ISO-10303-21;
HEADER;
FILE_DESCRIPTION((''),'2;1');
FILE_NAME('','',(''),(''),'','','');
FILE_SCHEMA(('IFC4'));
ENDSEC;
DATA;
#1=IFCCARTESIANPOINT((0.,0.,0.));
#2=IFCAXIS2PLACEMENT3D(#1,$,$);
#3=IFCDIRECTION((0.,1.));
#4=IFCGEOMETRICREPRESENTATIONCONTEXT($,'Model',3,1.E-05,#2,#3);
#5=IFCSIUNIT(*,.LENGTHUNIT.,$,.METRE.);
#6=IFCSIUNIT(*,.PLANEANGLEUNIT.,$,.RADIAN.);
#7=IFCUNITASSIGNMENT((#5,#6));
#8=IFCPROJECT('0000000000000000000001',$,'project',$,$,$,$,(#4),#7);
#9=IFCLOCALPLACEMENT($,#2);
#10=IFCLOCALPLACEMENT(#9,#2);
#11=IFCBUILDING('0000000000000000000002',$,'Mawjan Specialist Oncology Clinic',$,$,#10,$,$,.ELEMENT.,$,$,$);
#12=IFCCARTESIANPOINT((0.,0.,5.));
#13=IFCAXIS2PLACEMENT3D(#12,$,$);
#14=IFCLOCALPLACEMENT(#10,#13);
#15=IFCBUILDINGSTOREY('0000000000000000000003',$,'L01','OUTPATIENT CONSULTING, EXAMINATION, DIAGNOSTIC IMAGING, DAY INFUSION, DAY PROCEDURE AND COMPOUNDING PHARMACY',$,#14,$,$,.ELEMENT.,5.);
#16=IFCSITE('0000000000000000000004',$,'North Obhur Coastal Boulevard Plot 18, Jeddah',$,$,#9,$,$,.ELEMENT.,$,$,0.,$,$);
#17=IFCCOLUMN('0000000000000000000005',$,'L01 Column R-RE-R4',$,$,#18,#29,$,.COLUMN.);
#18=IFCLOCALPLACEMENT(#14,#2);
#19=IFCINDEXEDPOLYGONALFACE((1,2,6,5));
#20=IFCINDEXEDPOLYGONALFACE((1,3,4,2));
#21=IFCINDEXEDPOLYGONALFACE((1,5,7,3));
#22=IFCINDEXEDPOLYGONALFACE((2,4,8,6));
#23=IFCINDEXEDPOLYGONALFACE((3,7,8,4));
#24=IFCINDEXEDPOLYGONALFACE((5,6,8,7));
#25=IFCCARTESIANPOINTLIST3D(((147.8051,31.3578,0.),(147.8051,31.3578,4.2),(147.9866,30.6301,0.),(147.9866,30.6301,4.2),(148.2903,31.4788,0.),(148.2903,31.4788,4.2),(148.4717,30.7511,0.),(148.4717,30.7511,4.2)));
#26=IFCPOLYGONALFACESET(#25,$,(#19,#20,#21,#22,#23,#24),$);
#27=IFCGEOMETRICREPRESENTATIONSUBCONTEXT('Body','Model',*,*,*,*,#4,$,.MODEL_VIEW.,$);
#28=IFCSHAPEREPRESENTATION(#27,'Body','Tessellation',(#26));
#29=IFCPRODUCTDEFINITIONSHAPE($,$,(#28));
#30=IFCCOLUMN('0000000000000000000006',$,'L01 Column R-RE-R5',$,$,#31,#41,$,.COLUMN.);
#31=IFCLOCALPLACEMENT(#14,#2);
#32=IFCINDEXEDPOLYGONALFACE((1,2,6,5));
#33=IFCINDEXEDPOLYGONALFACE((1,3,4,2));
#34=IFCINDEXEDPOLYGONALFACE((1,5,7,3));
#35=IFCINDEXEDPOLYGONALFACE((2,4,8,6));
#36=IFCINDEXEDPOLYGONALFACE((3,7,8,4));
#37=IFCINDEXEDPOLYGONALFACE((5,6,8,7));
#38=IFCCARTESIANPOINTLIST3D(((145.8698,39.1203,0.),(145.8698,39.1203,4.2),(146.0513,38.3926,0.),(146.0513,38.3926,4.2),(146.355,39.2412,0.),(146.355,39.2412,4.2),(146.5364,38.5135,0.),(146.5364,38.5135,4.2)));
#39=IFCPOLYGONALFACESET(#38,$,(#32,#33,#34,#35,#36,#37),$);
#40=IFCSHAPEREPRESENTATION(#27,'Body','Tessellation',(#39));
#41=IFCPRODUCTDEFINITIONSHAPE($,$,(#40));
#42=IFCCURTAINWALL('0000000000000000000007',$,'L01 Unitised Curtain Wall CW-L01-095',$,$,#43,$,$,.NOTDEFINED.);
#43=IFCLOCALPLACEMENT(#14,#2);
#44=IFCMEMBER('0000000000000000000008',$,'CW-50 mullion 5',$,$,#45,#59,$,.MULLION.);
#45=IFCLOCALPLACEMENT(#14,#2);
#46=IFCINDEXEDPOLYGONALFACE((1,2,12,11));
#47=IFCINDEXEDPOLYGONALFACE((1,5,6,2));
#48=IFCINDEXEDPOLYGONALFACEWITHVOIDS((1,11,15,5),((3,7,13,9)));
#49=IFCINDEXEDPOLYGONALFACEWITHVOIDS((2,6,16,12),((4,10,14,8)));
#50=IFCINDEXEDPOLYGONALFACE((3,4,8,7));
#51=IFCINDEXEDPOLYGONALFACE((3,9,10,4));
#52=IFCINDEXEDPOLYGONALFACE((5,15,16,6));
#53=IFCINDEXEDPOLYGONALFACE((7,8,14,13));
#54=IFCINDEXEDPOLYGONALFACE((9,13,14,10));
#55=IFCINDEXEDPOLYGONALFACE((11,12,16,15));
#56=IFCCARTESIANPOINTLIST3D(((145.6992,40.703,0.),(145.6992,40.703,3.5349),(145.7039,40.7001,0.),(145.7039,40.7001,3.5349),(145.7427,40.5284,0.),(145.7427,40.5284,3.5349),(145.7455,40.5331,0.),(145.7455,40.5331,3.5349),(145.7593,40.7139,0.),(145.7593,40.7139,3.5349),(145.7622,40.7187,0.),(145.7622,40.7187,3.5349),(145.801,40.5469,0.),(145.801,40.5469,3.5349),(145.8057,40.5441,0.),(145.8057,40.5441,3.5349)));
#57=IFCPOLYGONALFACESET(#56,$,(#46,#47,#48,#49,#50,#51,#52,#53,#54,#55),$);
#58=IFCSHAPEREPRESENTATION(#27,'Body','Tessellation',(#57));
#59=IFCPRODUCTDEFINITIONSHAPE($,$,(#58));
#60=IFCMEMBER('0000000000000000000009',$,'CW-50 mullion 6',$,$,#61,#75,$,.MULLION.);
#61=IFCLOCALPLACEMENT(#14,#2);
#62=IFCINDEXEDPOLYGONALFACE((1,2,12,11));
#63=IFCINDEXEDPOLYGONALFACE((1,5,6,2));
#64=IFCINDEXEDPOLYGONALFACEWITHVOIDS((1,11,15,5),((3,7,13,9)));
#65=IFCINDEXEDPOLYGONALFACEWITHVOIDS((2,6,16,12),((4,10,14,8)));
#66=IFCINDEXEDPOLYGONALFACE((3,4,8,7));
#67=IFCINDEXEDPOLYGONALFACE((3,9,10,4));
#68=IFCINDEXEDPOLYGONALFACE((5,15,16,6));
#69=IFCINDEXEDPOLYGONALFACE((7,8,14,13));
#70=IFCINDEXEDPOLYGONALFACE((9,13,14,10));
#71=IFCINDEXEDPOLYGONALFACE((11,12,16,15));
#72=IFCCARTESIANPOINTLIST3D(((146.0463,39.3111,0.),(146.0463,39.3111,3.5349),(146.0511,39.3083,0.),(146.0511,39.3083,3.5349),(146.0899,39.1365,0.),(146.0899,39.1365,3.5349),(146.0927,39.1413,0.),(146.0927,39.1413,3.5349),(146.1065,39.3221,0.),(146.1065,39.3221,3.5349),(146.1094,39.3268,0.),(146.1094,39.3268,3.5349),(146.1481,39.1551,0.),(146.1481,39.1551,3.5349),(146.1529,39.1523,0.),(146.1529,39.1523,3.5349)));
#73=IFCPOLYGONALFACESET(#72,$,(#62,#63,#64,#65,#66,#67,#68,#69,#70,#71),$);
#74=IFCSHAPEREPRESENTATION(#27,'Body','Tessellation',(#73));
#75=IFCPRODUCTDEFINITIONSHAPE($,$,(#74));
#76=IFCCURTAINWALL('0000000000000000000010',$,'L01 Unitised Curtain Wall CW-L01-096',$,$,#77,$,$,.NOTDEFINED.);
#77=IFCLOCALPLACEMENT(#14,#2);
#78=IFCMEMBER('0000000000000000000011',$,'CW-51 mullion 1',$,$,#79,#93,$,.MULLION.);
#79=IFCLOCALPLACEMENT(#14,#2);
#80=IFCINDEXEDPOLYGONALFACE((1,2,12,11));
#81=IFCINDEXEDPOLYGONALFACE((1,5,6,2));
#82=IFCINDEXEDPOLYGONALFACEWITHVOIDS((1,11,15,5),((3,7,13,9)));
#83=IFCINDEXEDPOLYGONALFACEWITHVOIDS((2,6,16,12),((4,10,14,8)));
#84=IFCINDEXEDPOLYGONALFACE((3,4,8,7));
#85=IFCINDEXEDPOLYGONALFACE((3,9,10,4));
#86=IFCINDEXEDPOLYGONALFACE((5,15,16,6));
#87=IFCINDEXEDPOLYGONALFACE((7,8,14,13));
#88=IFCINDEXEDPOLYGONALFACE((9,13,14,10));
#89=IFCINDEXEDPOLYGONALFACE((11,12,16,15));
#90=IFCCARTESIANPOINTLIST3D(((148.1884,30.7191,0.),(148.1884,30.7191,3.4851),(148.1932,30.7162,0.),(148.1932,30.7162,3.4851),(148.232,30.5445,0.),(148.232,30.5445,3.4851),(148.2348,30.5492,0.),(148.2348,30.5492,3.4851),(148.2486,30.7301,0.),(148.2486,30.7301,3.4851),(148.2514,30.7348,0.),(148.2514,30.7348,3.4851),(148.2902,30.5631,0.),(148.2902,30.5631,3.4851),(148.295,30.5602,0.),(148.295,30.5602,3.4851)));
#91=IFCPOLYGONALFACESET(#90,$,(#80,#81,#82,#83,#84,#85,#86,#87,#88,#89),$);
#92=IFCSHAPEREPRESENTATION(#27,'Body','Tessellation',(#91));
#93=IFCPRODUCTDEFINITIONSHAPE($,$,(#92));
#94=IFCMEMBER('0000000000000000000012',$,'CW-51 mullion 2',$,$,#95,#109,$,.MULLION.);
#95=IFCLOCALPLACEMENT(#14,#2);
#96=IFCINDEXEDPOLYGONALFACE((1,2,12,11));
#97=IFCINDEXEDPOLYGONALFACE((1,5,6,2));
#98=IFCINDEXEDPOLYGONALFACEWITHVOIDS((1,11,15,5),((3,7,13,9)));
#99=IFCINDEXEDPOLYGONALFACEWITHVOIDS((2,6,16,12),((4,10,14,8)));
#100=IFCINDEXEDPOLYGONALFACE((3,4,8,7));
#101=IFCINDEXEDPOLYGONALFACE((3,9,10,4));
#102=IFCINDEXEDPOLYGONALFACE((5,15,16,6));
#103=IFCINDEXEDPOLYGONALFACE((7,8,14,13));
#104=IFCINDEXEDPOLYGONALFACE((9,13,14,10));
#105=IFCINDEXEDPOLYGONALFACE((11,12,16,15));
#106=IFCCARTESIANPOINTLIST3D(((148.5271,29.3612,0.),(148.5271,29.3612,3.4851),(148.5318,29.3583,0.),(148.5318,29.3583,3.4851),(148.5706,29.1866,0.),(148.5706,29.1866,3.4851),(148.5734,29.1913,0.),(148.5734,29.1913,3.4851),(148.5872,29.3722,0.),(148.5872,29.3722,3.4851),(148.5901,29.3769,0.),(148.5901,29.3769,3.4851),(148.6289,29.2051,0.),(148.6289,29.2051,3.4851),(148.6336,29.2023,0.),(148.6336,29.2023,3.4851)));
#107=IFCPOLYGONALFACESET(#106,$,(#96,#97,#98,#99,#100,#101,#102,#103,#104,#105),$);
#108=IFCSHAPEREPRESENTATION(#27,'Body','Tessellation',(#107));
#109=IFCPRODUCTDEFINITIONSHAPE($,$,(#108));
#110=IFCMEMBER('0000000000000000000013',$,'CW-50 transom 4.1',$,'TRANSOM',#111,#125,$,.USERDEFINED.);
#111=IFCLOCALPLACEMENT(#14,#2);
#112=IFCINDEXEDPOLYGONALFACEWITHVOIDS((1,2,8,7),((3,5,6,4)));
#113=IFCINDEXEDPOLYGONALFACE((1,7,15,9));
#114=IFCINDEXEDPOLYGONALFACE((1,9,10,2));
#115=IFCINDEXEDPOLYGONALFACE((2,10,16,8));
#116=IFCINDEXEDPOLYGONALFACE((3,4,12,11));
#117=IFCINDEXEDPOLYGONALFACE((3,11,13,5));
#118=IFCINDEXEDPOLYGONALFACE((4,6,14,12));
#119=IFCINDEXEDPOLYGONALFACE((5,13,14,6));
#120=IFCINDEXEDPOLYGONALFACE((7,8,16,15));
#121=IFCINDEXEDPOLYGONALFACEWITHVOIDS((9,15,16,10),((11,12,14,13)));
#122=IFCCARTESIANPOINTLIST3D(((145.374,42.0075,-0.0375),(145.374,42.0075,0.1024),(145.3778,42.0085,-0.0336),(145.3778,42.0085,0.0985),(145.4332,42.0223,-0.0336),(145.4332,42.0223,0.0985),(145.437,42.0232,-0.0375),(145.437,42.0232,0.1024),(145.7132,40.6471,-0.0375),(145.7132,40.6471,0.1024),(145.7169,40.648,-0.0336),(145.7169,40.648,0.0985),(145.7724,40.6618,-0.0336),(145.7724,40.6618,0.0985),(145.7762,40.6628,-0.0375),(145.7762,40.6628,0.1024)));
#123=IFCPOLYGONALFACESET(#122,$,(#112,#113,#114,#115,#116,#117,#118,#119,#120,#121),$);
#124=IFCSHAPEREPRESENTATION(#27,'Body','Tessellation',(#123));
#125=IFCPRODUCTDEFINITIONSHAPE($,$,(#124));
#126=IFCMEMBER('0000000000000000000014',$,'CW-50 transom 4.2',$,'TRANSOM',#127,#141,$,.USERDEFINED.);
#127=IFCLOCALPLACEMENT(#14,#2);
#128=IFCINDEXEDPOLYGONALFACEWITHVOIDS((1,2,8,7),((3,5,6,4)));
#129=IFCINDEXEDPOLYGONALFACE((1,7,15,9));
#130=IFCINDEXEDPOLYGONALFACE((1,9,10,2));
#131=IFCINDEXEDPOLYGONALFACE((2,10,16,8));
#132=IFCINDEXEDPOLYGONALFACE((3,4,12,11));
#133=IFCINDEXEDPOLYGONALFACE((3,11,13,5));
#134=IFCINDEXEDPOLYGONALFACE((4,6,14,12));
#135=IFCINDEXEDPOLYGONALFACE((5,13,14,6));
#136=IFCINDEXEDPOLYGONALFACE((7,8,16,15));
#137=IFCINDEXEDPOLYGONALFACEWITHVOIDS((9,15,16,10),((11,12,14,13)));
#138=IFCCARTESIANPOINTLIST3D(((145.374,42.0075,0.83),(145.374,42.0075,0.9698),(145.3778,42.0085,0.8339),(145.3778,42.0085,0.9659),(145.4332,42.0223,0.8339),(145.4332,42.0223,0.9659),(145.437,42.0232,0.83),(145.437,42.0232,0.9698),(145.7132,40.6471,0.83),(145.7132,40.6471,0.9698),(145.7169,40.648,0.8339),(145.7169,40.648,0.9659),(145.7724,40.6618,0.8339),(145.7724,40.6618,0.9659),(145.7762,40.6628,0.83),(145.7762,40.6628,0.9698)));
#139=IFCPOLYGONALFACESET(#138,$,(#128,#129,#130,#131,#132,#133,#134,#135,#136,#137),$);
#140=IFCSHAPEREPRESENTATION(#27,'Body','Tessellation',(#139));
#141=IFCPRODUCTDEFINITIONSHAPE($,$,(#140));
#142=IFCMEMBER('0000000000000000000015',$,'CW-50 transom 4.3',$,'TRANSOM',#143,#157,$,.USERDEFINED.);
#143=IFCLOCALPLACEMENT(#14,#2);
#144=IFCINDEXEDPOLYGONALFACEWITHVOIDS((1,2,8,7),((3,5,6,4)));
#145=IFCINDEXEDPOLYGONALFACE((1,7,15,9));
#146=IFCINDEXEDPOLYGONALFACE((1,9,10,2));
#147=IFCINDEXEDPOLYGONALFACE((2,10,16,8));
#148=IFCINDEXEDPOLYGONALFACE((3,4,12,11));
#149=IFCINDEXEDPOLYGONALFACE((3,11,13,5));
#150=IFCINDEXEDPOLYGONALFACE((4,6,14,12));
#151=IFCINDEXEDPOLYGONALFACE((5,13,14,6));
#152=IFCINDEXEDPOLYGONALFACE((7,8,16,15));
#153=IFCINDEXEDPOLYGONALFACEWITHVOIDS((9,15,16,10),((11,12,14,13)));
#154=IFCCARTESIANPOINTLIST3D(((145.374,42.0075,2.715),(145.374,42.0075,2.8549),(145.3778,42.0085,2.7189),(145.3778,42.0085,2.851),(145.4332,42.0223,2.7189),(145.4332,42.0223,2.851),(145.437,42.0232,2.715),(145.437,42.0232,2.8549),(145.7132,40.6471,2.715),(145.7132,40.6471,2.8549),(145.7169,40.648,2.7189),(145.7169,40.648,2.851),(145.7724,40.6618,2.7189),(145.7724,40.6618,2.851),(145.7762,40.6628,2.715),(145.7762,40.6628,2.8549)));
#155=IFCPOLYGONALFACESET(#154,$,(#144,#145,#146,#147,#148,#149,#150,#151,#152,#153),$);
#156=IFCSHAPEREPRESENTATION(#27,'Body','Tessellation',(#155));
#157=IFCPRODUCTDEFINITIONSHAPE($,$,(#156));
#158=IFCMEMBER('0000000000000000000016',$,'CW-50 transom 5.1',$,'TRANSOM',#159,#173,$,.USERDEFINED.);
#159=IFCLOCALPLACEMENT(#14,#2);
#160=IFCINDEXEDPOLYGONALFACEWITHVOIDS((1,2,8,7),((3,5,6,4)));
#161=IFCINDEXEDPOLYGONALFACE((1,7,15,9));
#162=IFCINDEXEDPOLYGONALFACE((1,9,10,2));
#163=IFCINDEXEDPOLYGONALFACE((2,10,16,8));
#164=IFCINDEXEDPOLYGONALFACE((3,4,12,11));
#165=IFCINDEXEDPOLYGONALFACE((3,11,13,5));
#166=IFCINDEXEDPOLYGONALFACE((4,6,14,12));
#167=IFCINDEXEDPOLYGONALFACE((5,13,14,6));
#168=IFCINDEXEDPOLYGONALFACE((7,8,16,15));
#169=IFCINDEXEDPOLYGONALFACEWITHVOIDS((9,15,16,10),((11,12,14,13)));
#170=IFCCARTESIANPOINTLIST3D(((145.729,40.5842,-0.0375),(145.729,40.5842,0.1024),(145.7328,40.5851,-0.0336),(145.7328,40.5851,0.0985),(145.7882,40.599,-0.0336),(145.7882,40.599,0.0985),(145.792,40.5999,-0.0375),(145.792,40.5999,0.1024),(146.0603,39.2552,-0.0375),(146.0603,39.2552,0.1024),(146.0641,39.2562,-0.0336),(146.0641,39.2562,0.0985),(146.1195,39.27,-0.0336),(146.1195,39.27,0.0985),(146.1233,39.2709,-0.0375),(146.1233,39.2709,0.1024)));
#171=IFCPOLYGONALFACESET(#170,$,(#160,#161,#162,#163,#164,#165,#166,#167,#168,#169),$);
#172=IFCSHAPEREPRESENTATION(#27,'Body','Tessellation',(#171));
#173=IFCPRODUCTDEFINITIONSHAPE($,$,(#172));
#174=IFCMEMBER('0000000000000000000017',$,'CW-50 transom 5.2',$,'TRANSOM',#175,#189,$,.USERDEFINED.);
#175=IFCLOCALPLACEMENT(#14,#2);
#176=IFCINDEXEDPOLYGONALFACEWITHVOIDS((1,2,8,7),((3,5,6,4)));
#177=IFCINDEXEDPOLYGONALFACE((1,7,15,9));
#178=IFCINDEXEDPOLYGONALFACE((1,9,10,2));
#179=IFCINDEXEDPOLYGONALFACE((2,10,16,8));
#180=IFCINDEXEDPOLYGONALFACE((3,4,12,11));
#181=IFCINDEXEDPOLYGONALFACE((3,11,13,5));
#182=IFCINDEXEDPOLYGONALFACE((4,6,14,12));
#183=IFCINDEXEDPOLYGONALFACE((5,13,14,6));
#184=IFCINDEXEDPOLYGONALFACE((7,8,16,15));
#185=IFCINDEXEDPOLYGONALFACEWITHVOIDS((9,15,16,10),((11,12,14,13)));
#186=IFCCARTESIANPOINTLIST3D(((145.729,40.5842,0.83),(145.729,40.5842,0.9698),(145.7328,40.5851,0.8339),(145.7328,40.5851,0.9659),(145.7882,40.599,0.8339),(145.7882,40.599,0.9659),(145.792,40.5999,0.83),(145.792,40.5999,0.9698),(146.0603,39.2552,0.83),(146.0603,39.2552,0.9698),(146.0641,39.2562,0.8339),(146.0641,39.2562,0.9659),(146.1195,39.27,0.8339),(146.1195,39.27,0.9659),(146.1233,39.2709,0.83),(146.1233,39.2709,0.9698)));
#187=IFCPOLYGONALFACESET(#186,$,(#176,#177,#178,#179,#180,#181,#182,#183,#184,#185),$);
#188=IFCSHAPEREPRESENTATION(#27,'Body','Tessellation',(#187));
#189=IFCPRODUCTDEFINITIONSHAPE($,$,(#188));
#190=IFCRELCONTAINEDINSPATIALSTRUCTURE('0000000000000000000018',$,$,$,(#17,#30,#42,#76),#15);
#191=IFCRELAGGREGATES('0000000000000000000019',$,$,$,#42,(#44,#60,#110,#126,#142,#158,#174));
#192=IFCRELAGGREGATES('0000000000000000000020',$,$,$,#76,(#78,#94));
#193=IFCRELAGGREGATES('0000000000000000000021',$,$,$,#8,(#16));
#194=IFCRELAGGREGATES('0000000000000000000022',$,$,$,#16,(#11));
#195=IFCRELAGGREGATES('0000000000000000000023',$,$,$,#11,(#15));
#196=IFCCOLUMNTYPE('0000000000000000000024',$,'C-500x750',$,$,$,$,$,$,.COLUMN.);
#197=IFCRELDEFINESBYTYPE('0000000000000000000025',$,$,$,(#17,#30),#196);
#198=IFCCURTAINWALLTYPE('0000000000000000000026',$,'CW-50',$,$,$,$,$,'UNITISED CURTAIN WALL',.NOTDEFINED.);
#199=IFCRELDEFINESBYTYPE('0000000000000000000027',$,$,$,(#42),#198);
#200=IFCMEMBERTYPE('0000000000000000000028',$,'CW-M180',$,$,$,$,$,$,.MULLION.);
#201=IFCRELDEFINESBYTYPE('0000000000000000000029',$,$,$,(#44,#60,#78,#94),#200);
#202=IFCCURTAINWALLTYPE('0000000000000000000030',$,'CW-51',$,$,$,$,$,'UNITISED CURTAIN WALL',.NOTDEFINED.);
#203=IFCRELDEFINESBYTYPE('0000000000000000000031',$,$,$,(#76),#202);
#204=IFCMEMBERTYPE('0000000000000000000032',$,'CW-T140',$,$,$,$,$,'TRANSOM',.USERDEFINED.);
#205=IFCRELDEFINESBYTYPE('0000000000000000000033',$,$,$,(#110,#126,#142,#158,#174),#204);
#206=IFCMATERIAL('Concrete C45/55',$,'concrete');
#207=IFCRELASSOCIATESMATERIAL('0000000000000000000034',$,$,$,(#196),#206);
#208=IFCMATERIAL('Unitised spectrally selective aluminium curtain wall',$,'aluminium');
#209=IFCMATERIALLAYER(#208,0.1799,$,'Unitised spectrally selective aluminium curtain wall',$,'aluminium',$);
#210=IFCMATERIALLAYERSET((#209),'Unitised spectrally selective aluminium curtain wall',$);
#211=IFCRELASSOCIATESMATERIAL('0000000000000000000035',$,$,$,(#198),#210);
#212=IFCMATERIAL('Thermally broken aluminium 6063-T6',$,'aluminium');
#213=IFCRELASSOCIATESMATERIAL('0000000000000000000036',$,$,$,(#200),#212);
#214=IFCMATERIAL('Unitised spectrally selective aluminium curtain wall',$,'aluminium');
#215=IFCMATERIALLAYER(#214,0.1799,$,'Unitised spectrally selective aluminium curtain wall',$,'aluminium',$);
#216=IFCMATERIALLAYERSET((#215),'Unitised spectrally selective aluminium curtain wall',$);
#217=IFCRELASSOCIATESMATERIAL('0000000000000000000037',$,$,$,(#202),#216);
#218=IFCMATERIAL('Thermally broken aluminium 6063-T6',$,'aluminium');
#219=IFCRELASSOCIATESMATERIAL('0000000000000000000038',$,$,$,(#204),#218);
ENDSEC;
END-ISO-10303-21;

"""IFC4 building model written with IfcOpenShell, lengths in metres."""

from ifc_helpers import new_model, si_unit, direction, frame, origin, origin_2d, place, context, subcontext, project, spatial, rectangle, hollow_rectangle, extrude, material, layer, layer_set, material_profile, profile_set, type_object, element, aggregate, save


model = new_model("IFC4")

# Units and contexts
model_context = context("Model", 3, precision=1e-05, world=origin(), true_north=direction((0.0, 1.0)))
body_context = subcontext(model_context, "Body", "Model", "MODEL_VIEW")
ifc_project = project(units=[si_unit("LENGTHUNIT", "METRE"), si_unit("PLANEANGLEUNIT", "RADIAN")], contexts=[model_context])

# Site, building, storey
site_placement = place(None, origin())
site = spatial("IfcSite", under=ifc_project, at=site_placement, Name="North Obhur Coastal Boulevard Plot 18, Jeddah", CompositionType="ELEMENT", RefElevation=0.0)
building_placement = place(site_placement, origin())
building = spatial("IfcBuilding", under=site, at=building_placement, Name="Mawjan Specialist Oncology Clinic", CompositionType="ELEMENT")
storey_placement = place(building_placement, frame((0.0, 0.0, 5.0)))
storey = spatial("IfcBuildingStorey", under=building, at=storey_placement, Name="L01", Description="OUTPATIENT CONSULTING, EXAMINATION, DIAGNOSTIC IMAGING, DAY INFUSION, DAY PROCEDURE AND COMPOUNDING PHARMACY", CompositionType="ELEMENT", Elevation=5.0)

# Columns
ifc_material_1 = material(Name="Concrete C45/55", Category="concrete")
ifc_material_profile_1 = material_profile(ifc_material_1, rectangle(XDim=0.5, YDim=0.75, at=origin_2d()), Name="RC COL 500x750", Category="concrete")
ifc_profile_set_1 = profile_set([ifc_material_profile_1], Name="Concrete C45/55")
column_type = type_object("IfcColumnType", Name="C-500x750", PredefinedType="COLUMN", material=ifc_profile_set_1)
for number, where, z_axis, x_axis, name in (
    (1, (148.1384, 31.0544, 0.0), (0.0, 0.0, 1.0), (0.970296, 0.241922, 0.0), "L01 Column R-RE-R4"),
    (2, (146.2031, 38.8169, 0.0), (0.0, 0.0, 1.0), (0.970296, 0.241922, 0.0), "L01 Column R-RE-R5"),
):
    element("IfcColumn", number, at=place(storey_placement, frame(where, z_axis=z_axis, x_axis=x_axis)), inside=storey, type_object=column_type, Name=name, PredefinedType="COLUMN", context=body_context, shape_type="SweptSolid", body=[
        extrude(rectangle(XDim=0.5, YDim=0.75, at=origin_2d()), origin(), (0.0, 0.0, 1.0), 4.2),
    ])

# Curtain walls, members
ifc_material_2 = material(Name="Unitised spectrally selective aluminium curtain wall", Category="aluminium")
ifc_layer_1 = layer(ifc_material_2, 0.1799, Name="Unitised spectrally selective aluminium curtain wall", Category="aluminium")
ifc_layer_set_1 = layer_set([ifc_layer_1], Name="Unitised spectrally selective aluminium curtain wall")
curtain_wall_type_1 = type_object("IfcCurtainWallType", Name="CW-50", ElementType="UNITISED CURTAIN WALL", PredefinedType="NOTDEFINED", material=ifc_layer_set_1)
curtain_wall_1_placement = place(storey_placement, origin())
curtain_wall_1 = element("IfcCurtainWall", 3, at=curtain_wall_1_placement, inside=storey, type_object=curtain_wall_type_1, Name="L01 Unitised Curtain Wall CW-L01-095", PredefinedType="NOTDEFINED")
ifc_material_3 = material(Name="Thermally broken aluminium 6063-T6", Category="aluminium")
ifc_material_profile_2 = material_profile(ifc_material_3, hollow_rectangle(XDim=0.0649, YDim=0.1799, WallThickness=0.0039, at=origin_2d()), Name="ALU MULLION 180x65x4", Category="aluminium")
ifc_profile_set_2 = profile_set([ifc_material_profile_2], Name="Thermally broken aluminium 6063-T6")
member_type_1 = type_object("IfcMemberType", Name="CW-M180", PredefinedType="MULLION", material=ifc_profile_set_2)
member_1_placement = place(storey_placement, frame((145.7524, 40.6235, 0.0), z_axis=(0.0, 0.0, 1.0), x_axis=(0.970296, 0.241922, 0.0)))
member_1 = element("IfcMember", 4, at=member_1_placement, type_object=member_type_1, Name="CW-50 mullion 5", PredefinedType="MULLION", context=body_context, shape_type="SweptSolid", body=[
    extrude(hollow_rectangle(XDim=0.0649, YDim=0.1799, WallThickness=0.0039, at=origin_2d()), origin(), (0.0, 0.0, 1.0), 3.5349),
])
member_2_placement = place(storey_placement, frame((146.0996, 39.2317, 0.0), z_axis=(0.0, 0.0, 1.0), x_axis=(0.970296, 0.241922, 0.0)))
member_2 = element("IfcMember", 5, at=member_2_placement, type_object=member_type_1, Name="CW-50 mullion 6", PredefinedType="MULLION", context=body_context, shape_type="SweptSolid", body=[
    extrude(hollow_rectangle(XDim=0.0649, YDim=0.1799, WallThickness=0.0039, at=origin_2d()), origin(), (0.0, 0.0, 1.0), 3.5349),
])
ifc_material_4 = material(Name="Unitised spectrally selective aluminium curtain wall", Category="aluminium")
ifc_layer_2 = layer(ifc_material_4, 0.1799, Name="Unitised spectrally selective aluminium curtain wall", Category="aluminium")
ifc_layer_set_2 = layer_set([ifc_layer_2], Name="Unitised spectrally selective aluminium curtain wall")
curtain_wall_type_2 = type_object("IfcCurtainWallType", Name="CW-51", ElementType="UNITISED CURTAIN WALL", PredefinedType="NOTDEFINED", material=ifc_layer_set_2)
curtain_wall_2_placement = place(storey_placement, origin())
curtain_wall_2 = element("IfcCurtainWall", 6, at=curtain_wall_2_placement, inside=storey, type_object=curtain_wall_type_2, Name="L01 Unitised Curtain Wall CW-L01-096", PredefinedType="NOTDEFINED")
member_3_placement = place(storey_placement, frame((148.2417, 30.6396, 0.0), z_axis=(0.0, 0.0, 1.0), x_axis=(0.970296, 0.241922, 0.0)))
member_3 = element("IfcMember", 7, at=member_3_placement, type_object=member_type_1, Name="CW-51 mullion 1", PredefinedType="MULLION", context=body_context, shape_type="SweptSolid", body=[
    extrude(hollow_rectangle(XDim=0.0649, YDim=0.1799, WallThickness=0.0039, at=origin_2d()), origin(), (0.0, 0.0, 1.0), 3.4851),
])
member_4_placement = place(storey_placement, frame((148.5803, 29.2817, 0.0), z_axis=(0.0, 0.0, 1.0), x_axis=(0.970296, 0.241922, 0.0)))
member_4 = element("IfcMember", 8, at=member_4_placement, type_object=member_type_1, Name="CW-51 mullion 2", PredefinedType="MULLION", context=body_context, shape_type="SweptSolid", body=[
    extrude(hollow_rectangle(XDim=0.0649, YDim=0.1799, WallThickness=0.0039, at=origin_2d()), origin(), (0.0, 0.0, 1.0), 3.4851),
])

# Members
ifc_material_5 = material(Name="Thermally broken aluminium 6063-T6", Category="aluminium")
ifc_material_profile_3 = material_profile(ifc_material_5, hollow_rectangle(XDim=0.0649, YDim=0.1399, WallThickness=0.0039, at=origin_2d()), Name="ALU TRANSOM 140x65x4", Category="aluminium")
ifc_profile_set_3 = profile_set([ifc_material_profile_3], Name="Thermally broken aluminium 6063-T6")
member_type_2 = type_object("IfcMemberType", Name="CW-T140", ElementType="TRANSOM", PredefinedType="USERDEFINED", material=ifc_profile_set_3)
member_5_placement = place(storey_placement, frame((145.4055, 42.0154, 0.0325), z_axis=(0.24188, -0.970306, 0.0), x_axis=(0.970306, 0.24188, 0.0)))
member_5 = element("IfcMember", 9, at=member_5_placement, type_object=member_type_2, Name="CW-50 transom 4.1", ObjectType="TRANSOM", PredefinedType="USERDEFINED", context=body_context, shape_type="SweptSolid", body=[
    extrude(hollow_rectangle(XDim=0.0649, YDim=0.1399, WallThickness=0.0039, at=origin_2d()), origin(), (0.0, 0.0, 1.0), 1.4021),
])
member_6_placement = place(storey_placement, frame((145.4055, 42.0154, 0.8999), z_axis=(0.24188, -0.970306, 0.0), x_axis=(0.970306, 0.24188, 0.0)))
member_6 = element("IfcMember", 10, at=member_6_placement, type_object=member_type_2, Name="CW-50 transom 4.2", ObjectType="TRANSOM", PredefinedType="USERDEFINED", context=body_context, shape_type="SweptSolid", body=[
    extrude(hollow_rectangle(XDim=0.0649, YDim=0.1399, WallThickness=0.0039, at=origin_2d()), origin(), (0.0, 0.0, 1.0), 1.4021),
])
member_7_placement = place(storey_placement, frame((145.4055, 42.0154, 2.7849), z_axis=(0.24188, -0.970306, 0.0), x_axis=(0.970306, 0.24188, 0.0)))
member_7 = element("IfcMember", 11, at=member_7_placement, type_object=member_type_2, Name="CW-50 transom 4.3", ObjectType="TRANSOM", PredefinedType="USERDEFINED", context=body_context, shape_type="SweptSolid", body=[
    extrude(hollow_rectangle(XDim=0.0649, YDim=0.1399, WallThickness=0.0039, at=origin_2d()), origin(), (0.0, 0.0, 1.0), 1.4021),
])
member_8_placement = place(storey_placement, frame((145.7605, 40.592, 0.0325), z_axis=(0.241906, -0.9703, 0.0), x_axis=(0.9703, 0.241906, 0.0)))
member_8 = element("IfcMember", 12, at=member_8_placement, type_object=member_type_2, Name="CW-50 transom 5.1", ObjectType="TRANSOM", PredefinedType="USERDEFINED", context=body_context, shape_type="SweptSolid", body=[
    extrude(hollow_rectangle(XDim=0.0649, YDim=0.1399, WallThickness=0.0039, at=origin_2d()), origin(), (0.0, 0.0, 1.0), 1.3696),
])
member_9_placement = place(storey_placement, frame((145.7605, 40.592, 0.8999), z_axis=(0.241906, -0.9703, 0.0), x_axis=(0.9703, 0.241906, 0.0)))
member_9 = element("IfcMember", 13, at=member_9_placement, type_object=member_type_2, Name="CW-50 transom 5.2", ObjectType="TRANSOM", PredefinedType="USERDEFINED", context=body_context, shape_type="SweptSolid", body=[
    extrude(hollow_rectangle(XDim=0.0649, YDim=0.1399, WallThickness=0.0039, at=origin_2d()), origin(), (0.0, 0.0, 1.0), 1.3696),
])

aggregate(curtain_wall_1, [member_1, member_2, member_5, member_6, member_7, member_8, member_9])
aggregate(curtain_wall_2, [member_3, member_4])

save(model, "model.ifc")
